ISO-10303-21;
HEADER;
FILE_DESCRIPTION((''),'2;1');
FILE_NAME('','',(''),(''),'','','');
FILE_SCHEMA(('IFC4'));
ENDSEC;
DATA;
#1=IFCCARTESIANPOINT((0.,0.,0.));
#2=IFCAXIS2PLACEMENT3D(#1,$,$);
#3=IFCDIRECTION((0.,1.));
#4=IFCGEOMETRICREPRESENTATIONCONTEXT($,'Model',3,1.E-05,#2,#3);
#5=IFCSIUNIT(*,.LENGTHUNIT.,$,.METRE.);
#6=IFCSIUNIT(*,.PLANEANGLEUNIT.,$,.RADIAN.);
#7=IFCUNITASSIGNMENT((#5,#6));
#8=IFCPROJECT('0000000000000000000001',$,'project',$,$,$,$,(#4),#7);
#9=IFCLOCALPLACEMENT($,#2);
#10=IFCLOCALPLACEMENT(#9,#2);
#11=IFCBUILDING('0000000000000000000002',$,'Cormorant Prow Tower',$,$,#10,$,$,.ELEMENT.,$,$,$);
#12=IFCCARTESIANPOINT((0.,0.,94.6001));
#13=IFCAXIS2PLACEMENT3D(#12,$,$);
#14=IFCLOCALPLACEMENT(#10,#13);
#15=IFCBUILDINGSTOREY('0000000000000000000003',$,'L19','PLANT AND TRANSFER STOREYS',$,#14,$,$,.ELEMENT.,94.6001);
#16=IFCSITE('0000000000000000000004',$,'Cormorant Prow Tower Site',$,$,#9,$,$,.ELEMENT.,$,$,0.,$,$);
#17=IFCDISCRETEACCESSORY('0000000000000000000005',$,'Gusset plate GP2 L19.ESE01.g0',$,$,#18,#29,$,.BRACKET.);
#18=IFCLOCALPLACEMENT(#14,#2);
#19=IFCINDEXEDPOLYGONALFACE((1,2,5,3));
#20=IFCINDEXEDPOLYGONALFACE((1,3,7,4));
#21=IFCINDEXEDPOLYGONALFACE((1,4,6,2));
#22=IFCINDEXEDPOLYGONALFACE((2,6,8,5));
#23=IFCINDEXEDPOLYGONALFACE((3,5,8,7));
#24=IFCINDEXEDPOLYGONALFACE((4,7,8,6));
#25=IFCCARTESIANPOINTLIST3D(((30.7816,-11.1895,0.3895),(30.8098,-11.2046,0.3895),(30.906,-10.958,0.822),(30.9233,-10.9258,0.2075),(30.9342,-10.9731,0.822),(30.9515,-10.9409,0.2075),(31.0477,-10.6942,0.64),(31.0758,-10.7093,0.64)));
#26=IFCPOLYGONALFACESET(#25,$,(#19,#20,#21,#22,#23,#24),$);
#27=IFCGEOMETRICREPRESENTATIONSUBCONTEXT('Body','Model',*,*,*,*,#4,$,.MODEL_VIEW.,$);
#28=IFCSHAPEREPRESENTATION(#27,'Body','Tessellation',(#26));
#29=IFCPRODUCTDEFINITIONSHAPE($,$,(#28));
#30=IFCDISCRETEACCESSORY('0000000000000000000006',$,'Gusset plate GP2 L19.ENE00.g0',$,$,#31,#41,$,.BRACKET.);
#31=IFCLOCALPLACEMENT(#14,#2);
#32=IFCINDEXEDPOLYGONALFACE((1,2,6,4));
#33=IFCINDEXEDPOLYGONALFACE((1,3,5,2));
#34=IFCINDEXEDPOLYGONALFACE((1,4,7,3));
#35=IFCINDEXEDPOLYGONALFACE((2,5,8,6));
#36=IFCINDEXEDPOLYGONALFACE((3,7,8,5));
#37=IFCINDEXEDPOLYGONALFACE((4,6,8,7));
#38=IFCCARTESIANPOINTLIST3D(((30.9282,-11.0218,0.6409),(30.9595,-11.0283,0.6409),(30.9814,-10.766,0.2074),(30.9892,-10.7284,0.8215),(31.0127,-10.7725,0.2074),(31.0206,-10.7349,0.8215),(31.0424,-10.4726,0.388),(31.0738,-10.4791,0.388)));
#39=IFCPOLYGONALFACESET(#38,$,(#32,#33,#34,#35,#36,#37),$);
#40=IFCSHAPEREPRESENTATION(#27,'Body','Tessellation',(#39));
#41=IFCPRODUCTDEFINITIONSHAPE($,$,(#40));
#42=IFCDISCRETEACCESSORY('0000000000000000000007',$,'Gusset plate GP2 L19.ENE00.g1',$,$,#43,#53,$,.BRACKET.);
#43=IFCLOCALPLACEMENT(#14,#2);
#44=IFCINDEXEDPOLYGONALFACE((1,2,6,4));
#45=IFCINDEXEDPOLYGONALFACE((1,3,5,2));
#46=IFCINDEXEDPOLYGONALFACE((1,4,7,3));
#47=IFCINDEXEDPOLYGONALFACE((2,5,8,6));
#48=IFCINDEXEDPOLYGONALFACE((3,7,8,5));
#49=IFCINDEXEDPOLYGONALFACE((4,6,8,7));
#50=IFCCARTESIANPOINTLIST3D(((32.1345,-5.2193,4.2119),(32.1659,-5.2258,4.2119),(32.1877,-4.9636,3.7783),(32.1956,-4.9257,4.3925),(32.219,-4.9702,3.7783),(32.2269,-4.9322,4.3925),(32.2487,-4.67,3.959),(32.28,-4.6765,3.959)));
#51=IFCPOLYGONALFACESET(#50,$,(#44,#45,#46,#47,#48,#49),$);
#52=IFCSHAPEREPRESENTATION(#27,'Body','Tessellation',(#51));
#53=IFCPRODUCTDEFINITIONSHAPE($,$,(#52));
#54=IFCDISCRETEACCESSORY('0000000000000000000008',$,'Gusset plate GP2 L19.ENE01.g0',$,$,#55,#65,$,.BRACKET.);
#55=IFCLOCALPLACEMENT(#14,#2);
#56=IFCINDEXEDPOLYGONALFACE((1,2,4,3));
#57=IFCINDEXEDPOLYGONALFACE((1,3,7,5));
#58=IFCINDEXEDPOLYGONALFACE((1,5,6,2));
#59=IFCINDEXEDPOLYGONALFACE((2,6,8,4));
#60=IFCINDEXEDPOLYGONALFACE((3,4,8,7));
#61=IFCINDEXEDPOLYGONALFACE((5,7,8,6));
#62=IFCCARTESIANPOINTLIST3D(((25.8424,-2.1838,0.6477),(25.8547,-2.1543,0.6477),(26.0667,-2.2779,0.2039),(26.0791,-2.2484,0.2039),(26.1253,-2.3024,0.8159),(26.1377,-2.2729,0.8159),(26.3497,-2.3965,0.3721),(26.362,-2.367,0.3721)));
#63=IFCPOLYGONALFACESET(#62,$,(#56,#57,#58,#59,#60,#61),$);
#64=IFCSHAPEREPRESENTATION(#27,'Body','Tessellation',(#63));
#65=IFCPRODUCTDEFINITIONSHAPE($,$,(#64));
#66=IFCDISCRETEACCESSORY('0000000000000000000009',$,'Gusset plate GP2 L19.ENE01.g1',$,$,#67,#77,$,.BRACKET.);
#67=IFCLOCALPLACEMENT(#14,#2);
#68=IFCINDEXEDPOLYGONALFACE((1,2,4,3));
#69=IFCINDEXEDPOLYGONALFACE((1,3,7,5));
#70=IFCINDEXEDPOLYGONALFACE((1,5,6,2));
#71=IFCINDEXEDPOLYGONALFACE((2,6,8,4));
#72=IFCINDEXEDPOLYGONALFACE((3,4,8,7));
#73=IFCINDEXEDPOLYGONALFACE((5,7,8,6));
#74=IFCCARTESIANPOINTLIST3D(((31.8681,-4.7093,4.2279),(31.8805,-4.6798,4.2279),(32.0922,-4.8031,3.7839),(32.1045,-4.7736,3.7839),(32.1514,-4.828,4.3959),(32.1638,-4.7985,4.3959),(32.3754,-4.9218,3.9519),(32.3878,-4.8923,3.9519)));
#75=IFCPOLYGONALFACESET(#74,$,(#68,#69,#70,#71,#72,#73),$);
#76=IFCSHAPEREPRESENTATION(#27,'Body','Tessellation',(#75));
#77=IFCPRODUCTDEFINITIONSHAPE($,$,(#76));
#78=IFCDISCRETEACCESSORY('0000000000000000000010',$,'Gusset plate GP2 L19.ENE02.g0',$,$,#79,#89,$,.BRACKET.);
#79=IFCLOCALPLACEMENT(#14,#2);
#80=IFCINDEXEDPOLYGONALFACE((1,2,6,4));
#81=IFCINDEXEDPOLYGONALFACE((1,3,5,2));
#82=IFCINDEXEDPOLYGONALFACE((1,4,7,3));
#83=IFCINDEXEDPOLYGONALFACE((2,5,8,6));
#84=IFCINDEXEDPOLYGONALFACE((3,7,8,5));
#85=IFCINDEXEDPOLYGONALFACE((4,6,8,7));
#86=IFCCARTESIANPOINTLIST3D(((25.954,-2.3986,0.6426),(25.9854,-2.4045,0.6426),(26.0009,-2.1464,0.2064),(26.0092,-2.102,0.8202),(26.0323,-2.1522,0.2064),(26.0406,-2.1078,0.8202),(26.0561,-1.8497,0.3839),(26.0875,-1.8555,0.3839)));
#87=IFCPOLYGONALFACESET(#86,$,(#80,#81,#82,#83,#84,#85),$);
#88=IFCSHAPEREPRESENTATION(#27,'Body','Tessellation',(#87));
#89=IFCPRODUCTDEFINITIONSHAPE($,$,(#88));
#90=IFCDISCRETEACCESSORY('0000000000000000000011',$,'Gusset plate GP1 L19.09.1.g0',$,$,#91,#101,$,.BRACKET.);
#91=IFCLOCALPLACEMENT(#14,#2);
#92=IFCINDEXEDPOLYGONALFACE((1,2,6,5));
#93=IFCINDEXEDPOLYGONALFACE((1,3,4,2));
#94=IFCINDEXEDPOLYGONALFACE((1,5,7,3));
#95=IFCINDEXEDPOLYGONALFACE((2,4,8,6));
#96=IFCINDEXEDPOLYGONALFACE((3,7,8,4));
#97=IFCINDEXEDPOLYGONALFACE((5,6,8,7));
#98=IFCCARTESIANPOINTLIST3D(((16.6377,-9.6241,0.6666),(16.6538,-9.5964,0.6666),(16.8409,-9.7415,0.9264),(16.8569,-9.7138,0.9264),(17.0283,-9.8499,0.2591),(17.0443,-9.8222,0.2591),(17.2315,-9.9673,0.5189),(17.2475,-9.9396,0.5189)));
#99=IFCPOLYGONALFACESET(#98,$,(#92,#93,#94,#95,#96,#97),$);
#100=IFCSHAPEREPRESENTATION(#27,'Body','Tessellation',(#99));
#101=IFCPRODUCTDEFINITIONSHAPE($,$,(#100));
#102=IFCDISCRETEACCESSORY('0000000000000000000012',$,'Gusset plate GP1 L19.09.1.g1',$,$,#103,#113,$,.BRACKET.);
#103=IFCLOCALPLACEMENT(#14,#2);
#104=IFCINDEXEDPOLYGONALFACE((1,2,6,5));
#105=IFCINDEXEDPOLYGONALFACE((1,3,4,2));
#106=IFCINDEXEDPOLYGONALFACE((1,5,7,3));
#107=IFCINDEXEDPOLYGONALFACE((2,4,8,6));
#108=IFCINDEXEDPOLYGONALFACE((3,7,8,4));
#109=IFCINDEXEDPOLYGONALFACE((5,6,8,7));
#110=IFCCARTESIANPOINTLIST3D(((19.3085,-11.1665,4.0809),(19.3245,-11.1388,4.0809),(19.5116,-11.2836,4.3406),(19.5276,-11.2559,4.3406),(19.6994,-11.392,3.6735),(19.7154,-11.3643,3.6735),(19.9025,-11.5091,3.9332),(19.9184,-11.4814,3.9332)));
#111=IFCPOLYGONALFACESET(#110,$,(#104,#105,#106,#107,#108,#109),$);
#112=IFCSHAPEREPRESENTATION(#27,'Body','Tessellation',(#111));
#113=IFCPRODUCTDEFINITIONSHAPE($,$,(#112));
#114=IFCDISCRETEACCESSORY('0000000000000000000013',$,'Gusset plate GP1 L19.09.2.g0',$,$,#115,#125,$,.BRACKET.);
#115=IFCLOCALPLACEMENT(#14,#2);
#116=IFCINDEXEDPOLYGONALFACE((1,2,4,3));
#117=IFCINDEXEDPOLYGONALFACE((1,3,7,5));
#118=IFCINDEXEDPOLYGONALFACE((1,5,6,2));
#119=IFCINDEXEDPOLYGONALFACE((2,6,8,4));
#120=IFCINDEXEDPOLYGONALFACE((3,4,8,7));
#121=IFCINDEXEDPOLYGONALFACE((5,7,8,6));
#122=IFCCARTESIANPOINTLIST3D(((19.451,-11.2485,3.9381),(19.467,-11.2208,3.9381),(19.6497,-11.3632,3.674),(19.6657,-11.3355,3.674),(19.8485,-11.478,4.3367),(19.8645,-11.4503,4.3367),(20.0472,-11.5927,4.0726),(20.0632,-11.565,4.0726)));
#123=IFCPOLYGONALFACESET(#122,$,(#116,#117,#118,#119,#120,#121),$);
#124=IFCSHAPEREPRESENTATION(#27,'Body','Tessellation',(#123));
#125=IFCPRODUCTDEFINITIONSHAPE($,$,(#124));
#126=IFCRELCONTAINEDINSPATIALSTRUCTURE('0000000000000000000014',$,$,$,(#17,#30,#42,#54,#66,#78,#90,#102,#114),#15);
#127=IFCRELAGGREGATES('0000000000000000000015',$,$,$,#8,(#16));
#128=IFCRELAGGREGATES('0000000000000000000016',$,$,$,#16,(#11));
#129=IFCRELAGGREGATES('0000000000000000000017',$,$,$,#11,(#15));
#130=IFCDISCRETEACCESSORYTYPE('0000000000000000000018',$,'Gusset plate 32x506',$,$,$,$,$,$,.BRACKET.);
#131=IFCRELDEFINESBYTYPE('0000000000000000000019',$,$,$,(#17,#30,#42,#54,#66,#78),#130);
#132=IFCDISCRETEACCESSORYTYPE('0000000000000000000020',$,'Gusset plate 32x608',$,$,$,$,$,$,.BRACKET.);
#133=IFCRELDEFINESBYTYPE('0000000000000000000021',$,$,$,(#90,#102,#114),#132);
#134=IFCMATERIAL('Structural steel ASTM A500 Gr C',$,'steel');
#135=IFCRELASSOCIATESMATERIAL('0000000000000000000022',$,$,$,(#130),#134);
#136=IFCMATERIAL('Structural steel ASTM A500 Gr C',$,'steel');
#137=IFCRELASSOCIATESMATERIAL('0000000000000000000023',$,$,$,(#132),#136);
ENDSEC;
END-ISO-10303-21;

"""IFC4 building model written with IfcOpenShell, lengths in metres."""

from ifc_helpers import new_model, si_unit, direction, frame, origin, origin_2d, place, context, subcontext, project, spatial, rectangle, extrude, material, material_profile, profile_set, type_object, element, save


model = new_model("IFC4")

# Units and contexts
model_context = context("Model", 3, precision=1e-05, world=origin(), true_north=direction((0.0, 1.0)))
body_context = subcontext(model_context, "Body", "Model", "MODEL_VIEW")
ifc_project = project(units=[si_unit("LENGTHUNIT", "METRE"), si_unit("PLANEANGLEUNIT", "RADIAN")], contexts=[model_context])

# Site, building, storey
site_placement = place(None, origin())
site = spatial("IfcSite", under=ifc_project, at=site_placement, Name="Cormorant Prow Tower Site", CompositionType="ELEMENT", RefElevation=0.0)
building_placement = place(site_placement, origin())
building = spatial("IfcBuilding", under=site, at=building_placement, Name="Cormorant Prow Tower", CompositionType="ELEMENT")
storey_placement = place(building_placement, frame((0.0, 0.0, 94.6001)))
storey = spatial("IfcBuildingStorey", under=building, at=storey_placement, Name="L19", Description="PLANT AND TRANSFER STOREYS", CompositionType="ELEMENT", Elevation=94.6001)

# Discrete accessories
ifc_material_1 = material(Name="Structural steel ASTM A500 Gr C", Category="steel")
ifc_material_profile_1 = material_profile(ifc_material_1, rectangle(XDim=0.032, YDim=0.5061, at=origin_2d()), Name="Gusset plate 32x506")
ifc_profile_set_1 = profile_set([ifc_material_profile_1], Name="Structural steel ASTM A500 Gr C")
discrete_accessory_type_1 = type_object("IfcDiscreteAccessoryType", Name="Gusset plate 32x506", PredefinedType="BRACKET", material=ifc_profile_set_1)
discrete_accessory_1_placement = place(storey_placement, frame((30.8579, -11.0813, 0.6057), z_axis=(0.404319, 0.752869, -0.51934), x_axis=(-0.880994, 0.473127, 0.0)))
element("IfcDiscreteAccessory", 1, at=discrete_accessory_1_placement, inside=storey, type_object=discrete_accessory_type_1, Name="Gusset plate GP2 L19.ESE01.g0", PredefinedType="BRACKET", context=body_context, shape_type="SweptSolid", body=[
    extrude(rectangle(XDim=0.032, YDim=0.5061, at=origin_2d()), origin(), (0.0, 0.0, 1.0), 0.3503),
])
discrete_accessory_2_placement = place(storey_placement, frame((31.0315, -10.6038, 0.6047), z_axis=(-0.174399, -0.838511, -0.516221), x_axis=(0.979048, -0.203629, 0.0)))
element("IfcDiscreteAccessory", 2, at=discrete_accessory_2_placement, inside=storey, type_object=discrete_accessory_type_1, Name="Gusset plate GP2 L19.ENE00.g0", PredefinedType="BRACKET", context=body_context, shape_type="SweptSolid", body=[
    extrude(rectangle(XDim=0.032, YDim=0.5061, at=origin_2d()), origin(), (0.0, 0.0, 1.0), 0.3499),
])
discrete_accessory_3_placement = place(storey_placement, frame((32.1768, -5.0947, 3.9951), z_axis=(0.174297, 0.838718, 0.51592), x_axis=(-0.979082, 0.203467, 0.0)))
element("IfcDiscreteAccessory", 3, at=discrete_accessory_3_placement, inside=storey, type_object=discrete_accessory_type_1, Name="Gusset plate GP2 L19.ENE00.g1", PredefinedType="BRACKET", context=body_context, shape_type="SweptSolid", body=[
    extrude(rectangle(XDim=0.032, YDim=0.5061, at=origin_2d()), origin(), (0.0, 0.0, 1.0), 0.3501),
])
discrete_accessory_4_placement = place(storey_placement, frame((26.2437, -2.3347, 0.594), z_axis=(-0.808653, 0.33909, -0.480727), x_axis=(-0.386705, -0.922204, 0.0)))
element("IfcDiscreteAccessory", 4, at=discrete_accessory_4_placement, inside=storey, type_object=discrete_accessory_type_1, Name="Gusset plate GP2 L19.ENE01.g0", PredefinedType="BRACKET", context=body_context, shape_type="SweptSolid", body=[
    extrude(rectangle(XDim=0.032, YDim=0.5061, at=origin_2d()), origin(), (0.0, 0.0, 1.0), 0.3499),
])
for number, where, z_axis, x_axis, name in (
    (5, (31.9863, -4.7415, 4.0059), (0.809165, -0.339012, 0.479919), (0.386421, 0.922322, 0.0), "Gusset plate GP2 L19.ENE01.g1"),
    (6, (26.0483, -1.9788, 0.6021), (-0.157621, -0.847389, -0.507038), (0.983137, -0.182872, 0.0), "Gusset plate GP2 L19.ENE02.g0"),
):
    element("IfcDiscreteAccessory", number, at=place(storey_placement, frame(where, z_axis=z_axis, x_axis=x_axis)), inside=storey, type_object=discrete_accessory_type_1, Name=name, PredefinedType="BRACKET", context=body_context, shape_type="SweptSolid", body=[
        extrude(rectangle(XDim=0.032, YDim=0.5061, at=origin_2d()), origin(), (0.0, 0.0, 1.0), 0.3501),
    ])
ifc_material_2 = material(Name="Structural steel ASTM A500 Gr C", Category="steel")
ifc_material_profile_2 = material_profile(ifc_material_2, rectangle(XDim=0.032, YDim=0.6079, at=origin_2d()), Name="Gusset plate 32x608")
ifc_profile_set_2 = profile_set([ifc_material_profile_2], Name="Structural steel ASTM A500 Gr C")
discrete_accessory_type_2 = type_object("IfcDiscreteAccessoryType", Name="Gusset plate 32x608", PredefinedType="BRACKET", material=ifc_profile_set_2)
discrete_accessory_5_placement = place(storey_placement, frame((17.0442, -9.8406, 0.7227), z_axis=(-0.580291, 0.33548, -0.742102), x_axis=(-0.500503, -0.865735, 0.0)))
element("IfcDiscreteAccessory", 7, at=discrete_accessory_5_placement, inside=storey, type_object=discrete_accessory_type_2, Name="Gusset plate GP1 L19.09.1.g0", PredefinedType="BRACKET", context=body_context, shape_type="SweptSolid", body=[
    extrude(rectangle(XDim=0.032, YDim=0.6079, at=origin_2d()), origin(), (0.0, 0.0, 1.0), 0.3501),
])
for number, where, z_axis, x_axis, name in (
    (8, (19.512, -11.2654, 3.8772), (0.580426, -0.334861, 0.742276), (0.499722, 0.866186, 0.0), "Gusset plate GP1 L19.09.1.g1"),
    (9, (19.8564, -11.4641, 3.8733), (-0.567938, 0.327925, 0.754925), (-0.500029, -0.866008, 0.0), "Gusset plate GP1 L19.09.2.g0"),
):
    element("IfcDiscreteAccessory", number, at=place(storey_placement, frame(where, z_axis=z_axis, x_axis=x_axis)), inside=storey, type_object=discrete_accessory_type_2, Name=name, PredefinedType="BRACKET", context=body_context, shape_type="SweptSolid", body=[
        extrude(rectangle(XDim=0.032, YDim=0.6079, at=origin_2d()), origin(), (0.0, 0.0, 1.0), 0.3499),
    ])

save(model, "model.ifc")
